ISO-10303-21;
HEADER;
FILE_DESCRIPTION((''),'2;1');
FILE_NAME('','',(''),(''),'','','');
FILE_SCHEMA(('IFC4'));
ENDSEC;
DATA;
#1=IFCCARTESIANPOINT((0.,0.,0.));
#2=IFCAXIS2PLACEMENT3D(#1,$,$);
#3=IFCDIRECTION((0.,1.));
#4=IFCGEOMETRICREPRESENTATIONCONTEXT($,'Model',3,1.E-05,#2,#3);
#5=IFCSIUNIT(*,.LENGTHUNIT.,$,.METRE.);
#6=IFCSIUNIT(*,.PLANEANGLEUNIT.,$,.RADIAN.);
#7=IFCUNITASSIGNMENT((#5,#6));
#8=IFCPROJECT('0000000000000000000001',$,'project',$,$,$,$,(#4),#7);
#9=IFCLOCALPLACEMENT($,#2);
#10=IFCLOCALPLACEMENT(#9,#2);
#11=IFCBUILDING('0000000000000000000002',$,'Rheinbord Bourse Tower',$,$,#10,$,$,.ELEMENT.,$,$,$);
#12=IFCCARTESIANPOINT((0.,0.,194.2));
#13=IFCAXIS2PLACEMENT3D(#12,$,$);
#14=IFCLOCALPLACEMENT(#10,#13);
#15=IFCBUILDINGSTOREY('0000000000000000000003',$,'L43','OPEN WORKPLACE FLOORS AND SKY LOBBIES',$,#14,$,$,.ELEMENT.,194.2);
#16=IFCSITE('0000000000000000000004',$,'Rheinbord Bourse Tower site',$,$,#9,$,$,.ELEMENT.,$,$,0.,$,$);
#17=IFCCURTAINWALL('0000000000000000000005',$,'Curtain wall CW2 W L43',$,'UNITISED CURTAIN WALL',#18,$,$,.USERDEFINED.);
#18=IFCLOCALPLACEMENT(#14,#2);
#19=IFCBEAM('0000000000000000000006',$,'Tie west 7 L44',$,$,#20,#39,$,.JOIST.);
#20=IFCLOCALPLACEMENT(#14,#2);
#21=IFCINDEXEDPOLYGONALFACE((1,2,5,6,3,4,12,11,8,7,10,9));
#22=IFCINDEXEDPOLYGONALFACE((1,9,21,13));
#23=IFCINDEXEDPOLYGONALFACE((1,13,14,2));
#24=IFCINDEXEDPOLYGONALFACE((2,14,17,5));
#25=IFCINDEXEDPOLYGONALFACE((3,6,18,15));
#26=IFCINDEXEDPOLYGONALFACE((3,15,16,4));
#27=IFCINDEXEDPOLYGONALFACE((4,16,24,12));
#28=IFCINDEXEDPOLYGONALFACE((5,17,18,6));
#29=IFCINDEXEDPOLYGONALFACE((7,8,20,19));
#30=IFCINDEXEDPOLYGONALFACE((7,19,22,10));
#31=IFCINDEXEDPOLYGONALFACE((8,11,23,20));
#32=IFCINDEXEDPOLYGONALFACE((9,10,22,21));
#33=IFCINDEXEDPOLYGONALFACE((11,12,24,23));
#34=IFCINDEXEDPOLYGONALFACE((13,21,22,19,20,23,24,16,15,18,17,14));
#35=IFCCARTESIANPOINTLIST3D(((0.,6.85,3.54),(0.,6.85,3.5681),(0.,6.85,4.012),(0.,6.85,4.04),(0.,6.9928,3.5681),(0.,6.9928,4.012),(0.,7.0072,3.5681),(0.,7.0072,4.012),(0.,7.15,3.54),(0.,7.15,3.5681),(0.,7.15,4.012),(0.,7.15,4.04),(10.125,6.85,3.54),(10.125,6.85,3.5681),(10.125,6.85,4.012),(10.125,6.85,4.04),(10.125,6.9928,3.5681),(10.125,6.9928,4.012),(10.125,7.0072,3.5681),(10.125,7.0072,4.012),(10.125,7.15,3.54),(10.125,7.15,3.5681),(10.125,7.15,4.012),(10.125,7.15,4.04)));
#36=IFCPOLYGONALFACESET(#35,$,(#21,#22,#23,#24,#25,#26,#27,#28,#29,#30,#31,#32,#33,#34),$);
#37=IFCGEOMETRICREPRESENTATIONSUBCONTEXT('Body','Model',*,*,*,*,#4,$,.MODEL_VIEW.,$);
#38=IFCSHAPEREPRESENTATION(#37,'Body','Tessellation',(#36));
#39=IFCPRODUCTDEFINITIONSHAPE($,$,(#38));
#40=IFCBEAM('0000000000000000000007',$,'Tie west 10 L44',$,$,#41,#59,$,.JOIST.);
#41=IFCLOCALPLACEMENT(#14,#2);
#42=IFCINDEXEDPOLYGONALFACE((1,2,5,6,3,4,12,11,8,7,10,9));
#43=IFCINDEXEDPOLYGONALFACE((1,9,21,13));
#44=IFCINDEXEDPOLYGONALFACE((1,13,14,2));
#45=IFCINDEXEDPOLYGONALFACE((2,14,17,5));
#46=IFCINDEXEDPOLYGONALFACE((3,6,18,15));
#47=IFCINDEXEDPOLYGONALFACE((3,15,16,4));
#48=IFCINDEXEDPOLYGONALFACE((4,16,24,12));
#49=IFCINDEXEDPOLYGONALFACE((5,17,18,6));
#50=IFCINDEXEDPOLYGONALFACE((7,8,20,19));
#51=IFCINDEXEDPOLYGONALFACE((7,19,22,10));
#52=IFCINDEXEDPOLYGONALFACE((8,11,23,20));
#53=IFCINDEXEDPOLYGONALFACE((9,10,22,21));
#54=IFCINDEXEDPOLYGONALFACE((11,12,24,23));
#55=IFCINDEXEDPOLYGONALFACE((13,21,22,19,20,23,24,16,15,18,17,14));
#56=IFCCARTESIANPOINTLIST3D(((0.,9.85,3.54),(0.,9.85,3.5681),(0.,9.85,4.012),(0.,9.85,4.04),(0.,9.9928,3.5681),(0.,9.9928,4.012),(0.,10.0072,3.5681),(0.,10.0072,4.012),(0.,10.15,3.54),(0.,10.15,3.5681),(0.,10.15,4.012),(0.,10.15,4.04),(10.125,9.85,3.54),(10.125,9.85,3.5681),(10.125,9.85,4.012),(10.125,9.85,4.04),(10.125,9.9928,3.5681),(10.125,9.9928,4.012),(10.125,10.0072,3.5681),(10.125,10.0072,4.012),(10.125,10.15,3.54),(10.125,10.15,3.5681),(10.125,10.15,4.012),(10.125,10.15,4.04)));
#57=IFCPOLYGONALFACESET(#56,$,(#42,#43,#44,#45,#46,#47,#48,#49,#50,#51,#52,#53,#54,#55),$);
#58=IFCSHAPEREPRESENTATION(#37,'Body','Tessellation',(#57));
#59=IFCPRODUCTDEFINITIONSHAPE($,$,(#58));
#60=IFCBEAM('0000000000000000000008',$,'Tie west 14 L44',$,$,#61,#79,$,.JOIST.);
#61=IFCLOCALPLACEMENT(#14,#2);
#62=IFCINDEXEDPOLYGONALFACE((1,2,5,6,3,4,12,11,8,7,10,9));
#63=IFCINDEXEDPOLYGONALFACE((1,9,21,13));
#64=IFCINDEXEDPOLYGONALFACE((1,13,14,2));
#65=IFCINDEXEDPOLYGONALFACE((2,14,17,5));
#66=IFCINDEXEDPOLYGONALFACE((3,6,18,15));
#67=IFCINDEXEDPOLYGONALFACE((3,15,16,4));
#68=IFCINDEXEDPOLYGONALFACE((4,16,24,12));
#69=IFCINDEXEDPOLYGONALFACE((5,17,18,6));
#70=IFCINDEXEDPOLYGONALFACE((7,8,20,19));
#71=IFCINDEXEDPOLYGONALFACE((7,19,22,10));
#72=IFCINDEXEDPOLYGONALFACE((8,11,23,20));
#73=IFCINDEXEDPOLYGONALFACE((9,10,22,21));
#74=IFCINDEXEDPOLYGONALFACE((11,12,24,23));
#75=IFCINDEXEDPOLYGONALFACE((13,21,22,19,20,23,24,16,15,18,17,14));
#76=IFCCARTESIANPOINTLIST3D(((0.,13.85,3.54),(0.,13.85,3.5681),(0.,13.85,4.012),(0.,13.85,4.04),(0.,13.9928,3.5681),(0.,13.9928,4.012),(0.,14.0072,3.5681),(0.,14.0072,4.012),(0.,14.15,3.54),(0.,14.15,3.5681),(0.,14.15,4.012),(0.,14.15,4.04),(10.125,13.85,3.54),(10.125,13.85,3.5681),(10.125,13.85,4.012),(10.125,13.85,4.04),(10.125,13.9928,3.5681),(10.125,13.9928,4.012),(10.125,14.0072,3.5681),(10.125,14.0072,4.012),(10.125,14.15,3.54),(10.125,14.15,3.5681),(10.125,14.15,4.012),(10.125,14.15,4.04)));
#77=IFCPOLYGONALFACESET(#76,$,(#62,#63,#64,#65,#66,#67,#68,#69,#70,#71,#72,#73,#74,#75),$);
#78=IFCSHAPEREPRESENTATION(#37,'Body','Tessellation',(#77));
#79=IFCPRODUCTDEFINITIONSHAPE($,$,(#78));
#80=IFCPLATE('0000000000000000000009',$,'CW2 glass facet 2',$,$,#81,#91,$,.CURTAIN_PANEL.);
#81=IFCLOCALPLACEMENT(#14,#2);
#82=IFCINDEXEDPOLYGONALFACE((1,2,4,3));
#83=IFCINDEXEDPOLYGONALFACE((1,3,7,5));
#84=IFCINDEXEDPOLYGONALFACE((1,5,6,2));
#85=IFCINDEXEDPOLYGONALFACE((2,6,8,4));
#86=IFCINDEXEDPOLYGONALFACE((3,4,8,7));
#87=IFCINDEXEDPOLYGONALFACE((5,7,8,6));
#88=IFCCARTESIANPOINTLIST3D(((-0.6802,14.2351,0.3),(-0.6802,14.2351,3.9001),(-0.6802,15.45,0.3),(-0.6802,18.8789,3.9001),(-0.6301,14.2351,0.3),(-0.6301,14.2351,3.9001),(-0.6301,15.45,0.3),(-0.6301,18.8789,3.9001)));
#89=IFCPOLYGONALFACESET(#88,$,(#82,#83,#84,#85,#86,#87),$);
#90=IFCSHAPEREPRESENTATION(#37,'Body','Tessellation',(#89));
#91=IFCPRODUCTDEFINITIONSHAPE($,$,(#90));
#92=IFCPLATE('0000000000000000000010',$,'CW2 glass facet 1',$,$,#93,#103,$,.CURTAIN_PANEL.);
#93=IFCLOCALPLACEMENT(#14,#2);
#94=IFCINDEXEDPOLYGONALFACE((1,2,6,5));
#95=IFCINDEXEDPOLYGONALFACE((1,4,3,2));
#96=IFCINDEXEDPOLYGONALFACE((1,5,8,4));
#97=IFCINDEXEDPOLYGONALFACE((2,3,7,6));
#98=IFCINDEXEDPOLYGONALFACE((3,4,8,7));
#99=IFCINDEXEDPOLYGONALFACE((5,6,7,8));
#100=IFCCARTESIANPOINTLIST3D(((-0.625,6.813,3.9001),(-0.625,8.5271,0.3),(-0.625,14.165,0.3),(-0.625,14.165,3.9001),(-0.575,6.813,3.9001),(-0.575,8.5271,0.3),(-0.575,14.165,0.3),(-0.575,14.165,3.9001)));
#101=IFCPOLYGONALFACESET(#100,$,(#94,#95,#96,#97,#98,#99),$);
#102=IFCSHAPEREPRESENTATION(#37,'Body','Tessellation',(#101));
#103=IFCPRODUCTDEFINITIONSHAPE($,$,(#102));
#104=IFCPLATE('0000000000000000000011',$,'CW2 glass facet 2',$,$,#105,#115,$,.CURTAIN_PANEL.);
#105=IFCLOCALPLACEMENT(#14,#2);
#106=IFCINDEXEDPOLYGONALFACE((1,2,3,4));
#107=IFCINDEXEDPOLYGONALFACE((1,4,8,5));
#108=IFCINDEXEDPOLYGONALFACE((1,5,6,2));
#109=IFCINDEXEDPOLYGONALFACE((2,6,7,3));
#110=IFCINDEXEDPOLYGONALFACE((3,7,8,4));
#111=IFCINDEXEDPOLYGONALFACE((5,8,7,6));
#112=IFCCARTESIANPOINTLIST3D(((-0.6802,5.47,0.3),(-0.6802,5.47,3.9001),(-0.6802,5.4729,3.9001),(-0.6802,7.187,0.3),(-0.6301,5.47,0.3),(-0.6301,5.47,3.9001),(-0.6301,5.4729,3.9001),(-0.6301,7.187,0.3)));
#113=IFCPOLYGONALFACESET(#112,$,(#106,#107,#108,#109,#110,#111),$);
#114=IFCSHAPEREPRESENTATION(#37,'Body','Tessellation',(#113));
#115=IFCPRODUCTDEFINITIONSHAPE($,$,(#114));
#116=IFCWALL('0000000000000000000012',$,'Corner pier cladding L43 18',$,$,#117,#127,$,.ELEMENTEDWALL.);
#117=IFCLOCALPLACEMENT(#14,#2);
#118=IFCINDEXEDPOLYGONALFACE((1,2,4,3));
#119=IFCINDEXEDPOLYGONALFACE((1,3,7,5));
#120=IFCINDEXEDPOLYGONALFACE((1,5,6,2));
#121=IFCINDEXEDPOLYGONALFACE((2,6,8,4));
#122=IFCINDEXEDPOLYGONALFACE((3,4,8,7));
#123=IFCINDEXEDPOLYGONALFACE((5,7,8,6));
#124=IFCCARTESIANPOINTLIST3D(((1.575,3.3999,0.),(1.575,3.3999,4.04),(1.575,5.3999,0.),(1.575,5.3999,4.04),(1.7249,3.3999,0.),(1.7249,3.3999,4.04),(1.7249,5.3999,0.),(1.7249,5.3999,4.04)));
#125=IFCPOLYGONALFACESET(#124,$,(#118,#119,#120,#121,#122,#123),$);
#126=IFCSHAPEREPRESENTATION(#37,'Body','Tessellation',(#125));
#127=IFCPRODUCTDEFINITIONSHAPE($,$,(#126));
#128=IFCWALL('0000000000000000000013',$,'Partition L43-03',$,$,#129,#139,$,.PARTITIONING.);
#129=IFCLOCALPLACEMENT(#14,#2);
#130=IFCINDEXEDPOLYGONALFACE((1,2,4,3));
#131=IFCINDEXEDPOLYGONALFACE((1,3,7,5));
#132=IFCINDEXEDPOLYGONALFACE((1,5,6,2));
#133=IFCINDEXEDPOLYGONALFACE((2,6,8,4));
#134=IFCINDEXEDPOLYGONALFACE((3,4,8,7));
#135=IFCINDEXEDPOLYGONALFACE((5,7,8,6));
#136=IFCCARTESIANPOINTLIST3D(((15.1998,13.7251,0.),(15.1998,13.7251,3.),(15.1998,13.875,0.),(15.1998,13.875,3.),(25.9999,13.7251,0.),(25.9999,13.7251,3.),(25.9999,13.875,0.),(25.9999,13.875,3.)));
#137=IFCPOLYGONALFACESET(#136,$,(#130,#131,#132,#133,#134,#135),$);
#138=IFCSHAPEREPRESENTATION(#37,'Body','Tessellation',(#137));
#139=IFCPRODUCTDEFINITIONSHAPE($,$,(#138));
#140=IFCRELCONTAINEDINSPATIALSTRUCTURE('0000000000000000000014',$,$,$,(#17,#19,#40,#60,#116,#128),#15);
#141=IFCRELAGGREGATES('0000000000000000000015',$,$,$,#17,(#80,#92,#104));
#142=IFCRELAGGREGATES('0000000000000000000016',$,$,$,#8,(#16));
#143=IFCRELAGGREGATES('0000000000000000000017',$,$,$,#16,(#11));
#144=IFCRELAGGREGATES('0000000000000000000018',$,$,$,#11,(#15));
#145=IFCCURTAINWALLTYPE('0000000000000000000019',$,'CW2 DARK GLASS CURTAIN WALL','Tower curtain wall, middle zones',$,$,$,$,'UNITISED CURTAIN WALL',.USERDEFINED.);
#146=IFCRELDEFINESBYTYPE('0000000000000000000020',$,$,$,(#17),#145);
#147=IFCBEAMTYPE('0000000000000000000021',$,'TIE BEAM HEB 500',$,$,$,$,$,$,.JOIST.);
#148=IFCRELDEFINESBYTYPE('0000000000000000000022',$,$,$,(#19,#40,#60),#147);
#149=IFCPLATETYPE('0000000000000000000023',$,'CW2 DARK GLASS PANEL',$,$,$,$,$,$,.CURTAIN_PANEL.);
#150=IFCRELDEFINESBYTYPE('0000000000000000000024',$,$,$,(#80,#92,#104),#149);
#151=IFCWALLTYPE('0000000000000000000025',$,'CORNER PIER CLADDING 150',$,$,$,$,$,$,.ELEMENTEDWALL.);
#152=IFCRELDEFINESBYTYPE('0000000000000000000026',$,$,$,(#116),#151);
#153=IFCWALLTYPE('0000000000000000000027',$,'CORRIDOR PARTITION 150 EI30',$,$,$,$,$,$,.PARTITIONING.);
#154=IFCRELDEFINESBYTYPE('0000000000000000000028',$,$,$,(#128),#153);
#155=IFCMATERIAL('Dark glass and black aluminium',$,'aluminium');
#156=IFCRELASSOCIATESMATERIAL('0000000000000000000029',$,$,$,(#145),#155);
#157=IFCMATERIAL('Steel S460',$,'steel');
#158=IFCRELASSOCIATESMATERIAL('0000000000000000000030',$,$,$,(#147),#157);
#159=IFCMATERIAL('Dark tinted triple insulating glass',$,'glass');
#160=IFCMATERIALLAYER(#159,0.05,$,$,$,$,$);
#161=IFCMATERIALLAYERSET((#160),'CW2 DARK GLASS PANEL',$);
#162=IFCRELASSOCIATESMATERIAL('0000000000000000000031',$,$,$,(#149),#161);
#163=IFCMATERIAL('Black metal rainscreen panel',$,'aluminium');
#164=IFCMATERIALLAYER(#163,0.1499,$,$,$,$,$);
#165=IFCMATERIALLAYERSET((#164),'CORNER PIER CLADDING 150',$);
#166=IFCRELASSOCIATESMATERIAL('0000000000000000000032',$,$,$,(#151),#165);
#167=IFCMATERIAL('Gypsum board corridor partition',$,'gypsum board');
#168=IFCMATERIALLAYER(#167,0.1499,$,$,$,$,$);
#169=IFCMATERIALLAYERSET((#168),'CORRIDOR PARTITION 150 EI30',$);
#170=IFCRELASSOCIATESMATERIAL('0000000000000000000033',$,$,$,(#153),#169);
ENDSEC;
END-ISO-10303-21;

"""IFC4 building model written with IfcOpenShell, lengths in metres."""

from ifc_helpers import new_model, si_unit, direction, frame, frame_2d, origin, origin_2d, place, context, subcontext, project, spatial, polyline, rectangle, i_section, outline, extrude, material, layer, layer_set, material_profile, profile_set, type_object, element, aggregate, save


model = new_model("IFC4")

# Units and contexts
model_context = context("Model", 3, precision=1e-05, world=origin(), true_north=direction((0.0, 1.0)))
body_context = subcontext(model_context, "Body", "Model", "MODEL_VIEW")
ifc_project = project(units=[si_unit("LENGTHUNIT", "METRE"), si_unit("PLANEANGLEUNIT", "RADIAN")], contexts=[model_context])

# Site, building, storey
site_placement = place(None, origin())
site = spatial("IfcSite", under=ifc_project, at=site_placement, Name="Rheinbord Bourse Tower site", CompositionType="ELEMENT", RefElevation=0.0)
building_placement = place(site_placement, origin())
building = spatial("IfcBuilding", under=site, at=building_placement, Name="Rheinbord Bourse Tower", CompositionType="ELEMENT")
storey_placement = place(building_placement, frame((0.0, 0.0, 194.2)))
storey = spatial("IfcBuildingStorey", under=building, at=storey_placement, Name="L43", Description="OPEN WORKPLACE FLOORS AND SKY LOBBIES", CompositionType="ELEMENT", Elevation=194.2)

# Curtain wall
ifc_material_1 = material(Name="Dark glass and black aluminium", Category="aluminium")
curtain_wall_type = type_object("IfcCurtainWallType", Name="CW2 DARK GLASS CURTAIN WALL", Description="Tower curtain wall, middle zones", ElementType="UNITISED CURTAIN WALL", PredefinedType="USERDEFINED", material=ifc_material_1)
curtain_wall_placement = place(storey_placement, origin())
curtain_wall = element("IfcCurtainWall", 1, at=curtain_wall_placement, inside=storey, type_object=curtain_wall_type, Name="Curtain wall CW2 W L43", ObjectType="UNITISED CURTAIN WALL", PredefinedType="USERDEFINED")

# Beams
ifc_material_2 = material(Name="Steel S460", Category="steel")
ifc_material_profile_1 = material_profile(ifc_material_2, i_section(OverallWidth=0.3, OverallDepth=0.5, WebThickness=0.0144, FlangeThickness=0.0281, at=origin_2d()), Name="HEB 500")
ifc_profile_set_1 = profile_set([ifc_material_profile_1], Name="Steel S460")
beam_type_1 = type_object("IfcBeamType", Name="TIE BEAM HEB 500", PredefinedType="JOIST", material=ifc_profile_set_1)
for number, where, z_axis, x_axis, name in (
    (2, (0.0, 7.0, 3.79), (1.0, 0.0, 0.0), (0.0, 1.0, 0.0), "Tie west 7 L44"),
    (3, (0.0, 10.0, 3.79), (1.0, 0.0, 0.0), (0.0, 1.0, 0.0), "Tie west 10 L44"),
    (4, (0.0, 14.0, 3.79), (1.0, 0.0, 0.0), (0.0, 1.0, 0.0), "Tie west 14 L44"),
):
    element("IfcBeam", number, at=place(storey_placement, frame(where, z_axis=z_axis, x_axis=x_axis)), inside=storey, type_object=beam_type_1, Name=name, PredefinedType="JOIST", context=body_context, shape_type="SweptSolid", body=[
        extrude(i_section(OverallWidth=0.3, OverallDepth=0.5, WebThickness=0.0144, FlangeThickness=0.0281, at=origin_2d()), origin(), (0.0, 0.0, 1.0), 10.125),
    ])

# Plates
ifc_material_3 = material(Name="Dark tinted triple insulating glass", Category="glass")
ifc_layer_1 = layer(ifc_material_3, 0.05)
ifc_layer_set_1 = layer_set([ifc_layer_1], Name="CW2 DARK GLASS PANEL")
plate_type = type_object("IfcPlateType", Name="CW2 DARK GLASS PANEL", PredefinedType="CURTAIN_PANEL", material=ifc_layer_set_1)
plate_1_placement = place(storey_placement, frame((-0.6802, 14.2351, 3.9001), z_axis=(1.0, 0.0, 0.0), x_axis=(0.0, 0.0, -1.0)))
plate_1 = element("IfcPlate", 5, at=plate_1_placement, type_object=plate_type, Name="CW2 glass facet 2", PredefinedType="CURTAIN_PANEL", context=body_context, shape_type="SweptSolid", body=[
    extrude(outline(polyline([(0.0, 0.0), (3.6001, 0.0), (3.6001, 1.2148), (0.0, 4.6438), (0.0, 0.0)])), origin(), (0.0, 0.0, 1.0), 0.05),
])
plate_2_placement = place(storey_placement, frame((-0.625, 14.165, 0.3), z_axis=(1.0, 0.0, 0.0), x_axis=(0.0, 0.0, 1.0)))
plate_2 = element("IfcPlate", 6, at=plate_2_placement, type_object=plate_type, Name="CW2 glass facet 1", PredefinedType="CURTAIN_PANEL", context=body_context, shape_type="SweptSolid", body=[
    extrude(outline(polyline([(0.0, 0.0), (3.6001, 0.0), (3.6001, 7.3521), (0.0, 5.6379), (0.0, 0.0)])), origin(), (0.0, 0.0, 1.0), 0.05),
])
plate_3_placement = place(storey_placement, frame((-0.6802, 5.47, 3.9001), z_axis=(1.0, 0.0, 0.0), x_axis=(0.0, 0.0, -1.0)))
plate_3 = element("IfcPlate", 7, at=plate_3_placement, type_object=plate_type, Name="CW2 glass facet 2", PredefinedType="CURTAIN_PANEL", context=body_context, shape_type="SweptSolid", body=[
    extrude(outline(polyline([(0.0, 0.0), (3.6001, 0.0), (3.6001, 1.717), (0.0, 0.0029), (0.0, 0.0)])), origin(), (0.0, 0.0, 1.0), 0.05),
])
aggregate(curtain_wall, [plate_1, plate_2, plate_3])

# Walls
ifc_material_4 = material(Name="Black metal rainscreen panel", Category="aluminium")
ifc_layer_2 = layer(ifc_material_4, 0.1499)
ifc_layer_set_2 = layer_set([ifc_layer_2], Name="CORNER PIER CLADDING 150")
wall_type_1 = type_object("IfcWallType", Name="CORNER PIER CLADDING 150", PredefinedType="ELEMENTEDWALL", material=ifc_layer_set_2)
wall_1_placement = place(storey_placement, frame((1.6499, 5.3999, 0.0), z_axis=(0.0, 0.0, 1.0), x_axis=(0.0, -1.0, 0.0)))
element("IfcWall", 8, at=wall_1_placement, inside=storey, type_object=wall_type_1, Name="Corner pier cladding L43 18", PredefinedType="ELEMENTEDWALL", context=body_context, shape_type="SweptSolid", body=[
    extrude(rectangle(XDim=2.0, YDim=0.1499, at=frame_2d((1.0, 0.0))), origin(), (0.0, 0.0, 1.0), 4.04),
])
ifc_material_5 = material(Name="Gypsum board corridor partition", Category="gypsum board")
ifc_layer_3 = layer(ifc_material_5, 0.1499)
ifc_layer_set_3 = layer_set([ifc_layer_3], Name="CORRIDOR PARTITION 150 EI30")
wall_type_2 = type_object("IfcWallType", Name="CORRIDOR PARTITION 150 EI30", PredefinedType="PARTITIONING", material=ifc_layer_set_3)
wall_2_placement = place(storey_placement, frame((15.2, 13.8, 0.0), z_axis=(0.0, 0.0, 1.0), x_axis=(1.0, 0.0, 0.0)))
element("IfcWall", 9, at=wall_2_placement, inside=storey, type_object=wall_type_2, Name="Partition L43-03", PredefinedType="PARTITIONING", context=body_context, shape_type="SweptSolid", body=[
    extrude(rectangle(XDim=10.8, YDim=0.1499, at=frame_2d((5.3999, 0.0))), origin(), (0.0, 0.0, 1.0), 3.0),
])

save(model, "model.ifc")
